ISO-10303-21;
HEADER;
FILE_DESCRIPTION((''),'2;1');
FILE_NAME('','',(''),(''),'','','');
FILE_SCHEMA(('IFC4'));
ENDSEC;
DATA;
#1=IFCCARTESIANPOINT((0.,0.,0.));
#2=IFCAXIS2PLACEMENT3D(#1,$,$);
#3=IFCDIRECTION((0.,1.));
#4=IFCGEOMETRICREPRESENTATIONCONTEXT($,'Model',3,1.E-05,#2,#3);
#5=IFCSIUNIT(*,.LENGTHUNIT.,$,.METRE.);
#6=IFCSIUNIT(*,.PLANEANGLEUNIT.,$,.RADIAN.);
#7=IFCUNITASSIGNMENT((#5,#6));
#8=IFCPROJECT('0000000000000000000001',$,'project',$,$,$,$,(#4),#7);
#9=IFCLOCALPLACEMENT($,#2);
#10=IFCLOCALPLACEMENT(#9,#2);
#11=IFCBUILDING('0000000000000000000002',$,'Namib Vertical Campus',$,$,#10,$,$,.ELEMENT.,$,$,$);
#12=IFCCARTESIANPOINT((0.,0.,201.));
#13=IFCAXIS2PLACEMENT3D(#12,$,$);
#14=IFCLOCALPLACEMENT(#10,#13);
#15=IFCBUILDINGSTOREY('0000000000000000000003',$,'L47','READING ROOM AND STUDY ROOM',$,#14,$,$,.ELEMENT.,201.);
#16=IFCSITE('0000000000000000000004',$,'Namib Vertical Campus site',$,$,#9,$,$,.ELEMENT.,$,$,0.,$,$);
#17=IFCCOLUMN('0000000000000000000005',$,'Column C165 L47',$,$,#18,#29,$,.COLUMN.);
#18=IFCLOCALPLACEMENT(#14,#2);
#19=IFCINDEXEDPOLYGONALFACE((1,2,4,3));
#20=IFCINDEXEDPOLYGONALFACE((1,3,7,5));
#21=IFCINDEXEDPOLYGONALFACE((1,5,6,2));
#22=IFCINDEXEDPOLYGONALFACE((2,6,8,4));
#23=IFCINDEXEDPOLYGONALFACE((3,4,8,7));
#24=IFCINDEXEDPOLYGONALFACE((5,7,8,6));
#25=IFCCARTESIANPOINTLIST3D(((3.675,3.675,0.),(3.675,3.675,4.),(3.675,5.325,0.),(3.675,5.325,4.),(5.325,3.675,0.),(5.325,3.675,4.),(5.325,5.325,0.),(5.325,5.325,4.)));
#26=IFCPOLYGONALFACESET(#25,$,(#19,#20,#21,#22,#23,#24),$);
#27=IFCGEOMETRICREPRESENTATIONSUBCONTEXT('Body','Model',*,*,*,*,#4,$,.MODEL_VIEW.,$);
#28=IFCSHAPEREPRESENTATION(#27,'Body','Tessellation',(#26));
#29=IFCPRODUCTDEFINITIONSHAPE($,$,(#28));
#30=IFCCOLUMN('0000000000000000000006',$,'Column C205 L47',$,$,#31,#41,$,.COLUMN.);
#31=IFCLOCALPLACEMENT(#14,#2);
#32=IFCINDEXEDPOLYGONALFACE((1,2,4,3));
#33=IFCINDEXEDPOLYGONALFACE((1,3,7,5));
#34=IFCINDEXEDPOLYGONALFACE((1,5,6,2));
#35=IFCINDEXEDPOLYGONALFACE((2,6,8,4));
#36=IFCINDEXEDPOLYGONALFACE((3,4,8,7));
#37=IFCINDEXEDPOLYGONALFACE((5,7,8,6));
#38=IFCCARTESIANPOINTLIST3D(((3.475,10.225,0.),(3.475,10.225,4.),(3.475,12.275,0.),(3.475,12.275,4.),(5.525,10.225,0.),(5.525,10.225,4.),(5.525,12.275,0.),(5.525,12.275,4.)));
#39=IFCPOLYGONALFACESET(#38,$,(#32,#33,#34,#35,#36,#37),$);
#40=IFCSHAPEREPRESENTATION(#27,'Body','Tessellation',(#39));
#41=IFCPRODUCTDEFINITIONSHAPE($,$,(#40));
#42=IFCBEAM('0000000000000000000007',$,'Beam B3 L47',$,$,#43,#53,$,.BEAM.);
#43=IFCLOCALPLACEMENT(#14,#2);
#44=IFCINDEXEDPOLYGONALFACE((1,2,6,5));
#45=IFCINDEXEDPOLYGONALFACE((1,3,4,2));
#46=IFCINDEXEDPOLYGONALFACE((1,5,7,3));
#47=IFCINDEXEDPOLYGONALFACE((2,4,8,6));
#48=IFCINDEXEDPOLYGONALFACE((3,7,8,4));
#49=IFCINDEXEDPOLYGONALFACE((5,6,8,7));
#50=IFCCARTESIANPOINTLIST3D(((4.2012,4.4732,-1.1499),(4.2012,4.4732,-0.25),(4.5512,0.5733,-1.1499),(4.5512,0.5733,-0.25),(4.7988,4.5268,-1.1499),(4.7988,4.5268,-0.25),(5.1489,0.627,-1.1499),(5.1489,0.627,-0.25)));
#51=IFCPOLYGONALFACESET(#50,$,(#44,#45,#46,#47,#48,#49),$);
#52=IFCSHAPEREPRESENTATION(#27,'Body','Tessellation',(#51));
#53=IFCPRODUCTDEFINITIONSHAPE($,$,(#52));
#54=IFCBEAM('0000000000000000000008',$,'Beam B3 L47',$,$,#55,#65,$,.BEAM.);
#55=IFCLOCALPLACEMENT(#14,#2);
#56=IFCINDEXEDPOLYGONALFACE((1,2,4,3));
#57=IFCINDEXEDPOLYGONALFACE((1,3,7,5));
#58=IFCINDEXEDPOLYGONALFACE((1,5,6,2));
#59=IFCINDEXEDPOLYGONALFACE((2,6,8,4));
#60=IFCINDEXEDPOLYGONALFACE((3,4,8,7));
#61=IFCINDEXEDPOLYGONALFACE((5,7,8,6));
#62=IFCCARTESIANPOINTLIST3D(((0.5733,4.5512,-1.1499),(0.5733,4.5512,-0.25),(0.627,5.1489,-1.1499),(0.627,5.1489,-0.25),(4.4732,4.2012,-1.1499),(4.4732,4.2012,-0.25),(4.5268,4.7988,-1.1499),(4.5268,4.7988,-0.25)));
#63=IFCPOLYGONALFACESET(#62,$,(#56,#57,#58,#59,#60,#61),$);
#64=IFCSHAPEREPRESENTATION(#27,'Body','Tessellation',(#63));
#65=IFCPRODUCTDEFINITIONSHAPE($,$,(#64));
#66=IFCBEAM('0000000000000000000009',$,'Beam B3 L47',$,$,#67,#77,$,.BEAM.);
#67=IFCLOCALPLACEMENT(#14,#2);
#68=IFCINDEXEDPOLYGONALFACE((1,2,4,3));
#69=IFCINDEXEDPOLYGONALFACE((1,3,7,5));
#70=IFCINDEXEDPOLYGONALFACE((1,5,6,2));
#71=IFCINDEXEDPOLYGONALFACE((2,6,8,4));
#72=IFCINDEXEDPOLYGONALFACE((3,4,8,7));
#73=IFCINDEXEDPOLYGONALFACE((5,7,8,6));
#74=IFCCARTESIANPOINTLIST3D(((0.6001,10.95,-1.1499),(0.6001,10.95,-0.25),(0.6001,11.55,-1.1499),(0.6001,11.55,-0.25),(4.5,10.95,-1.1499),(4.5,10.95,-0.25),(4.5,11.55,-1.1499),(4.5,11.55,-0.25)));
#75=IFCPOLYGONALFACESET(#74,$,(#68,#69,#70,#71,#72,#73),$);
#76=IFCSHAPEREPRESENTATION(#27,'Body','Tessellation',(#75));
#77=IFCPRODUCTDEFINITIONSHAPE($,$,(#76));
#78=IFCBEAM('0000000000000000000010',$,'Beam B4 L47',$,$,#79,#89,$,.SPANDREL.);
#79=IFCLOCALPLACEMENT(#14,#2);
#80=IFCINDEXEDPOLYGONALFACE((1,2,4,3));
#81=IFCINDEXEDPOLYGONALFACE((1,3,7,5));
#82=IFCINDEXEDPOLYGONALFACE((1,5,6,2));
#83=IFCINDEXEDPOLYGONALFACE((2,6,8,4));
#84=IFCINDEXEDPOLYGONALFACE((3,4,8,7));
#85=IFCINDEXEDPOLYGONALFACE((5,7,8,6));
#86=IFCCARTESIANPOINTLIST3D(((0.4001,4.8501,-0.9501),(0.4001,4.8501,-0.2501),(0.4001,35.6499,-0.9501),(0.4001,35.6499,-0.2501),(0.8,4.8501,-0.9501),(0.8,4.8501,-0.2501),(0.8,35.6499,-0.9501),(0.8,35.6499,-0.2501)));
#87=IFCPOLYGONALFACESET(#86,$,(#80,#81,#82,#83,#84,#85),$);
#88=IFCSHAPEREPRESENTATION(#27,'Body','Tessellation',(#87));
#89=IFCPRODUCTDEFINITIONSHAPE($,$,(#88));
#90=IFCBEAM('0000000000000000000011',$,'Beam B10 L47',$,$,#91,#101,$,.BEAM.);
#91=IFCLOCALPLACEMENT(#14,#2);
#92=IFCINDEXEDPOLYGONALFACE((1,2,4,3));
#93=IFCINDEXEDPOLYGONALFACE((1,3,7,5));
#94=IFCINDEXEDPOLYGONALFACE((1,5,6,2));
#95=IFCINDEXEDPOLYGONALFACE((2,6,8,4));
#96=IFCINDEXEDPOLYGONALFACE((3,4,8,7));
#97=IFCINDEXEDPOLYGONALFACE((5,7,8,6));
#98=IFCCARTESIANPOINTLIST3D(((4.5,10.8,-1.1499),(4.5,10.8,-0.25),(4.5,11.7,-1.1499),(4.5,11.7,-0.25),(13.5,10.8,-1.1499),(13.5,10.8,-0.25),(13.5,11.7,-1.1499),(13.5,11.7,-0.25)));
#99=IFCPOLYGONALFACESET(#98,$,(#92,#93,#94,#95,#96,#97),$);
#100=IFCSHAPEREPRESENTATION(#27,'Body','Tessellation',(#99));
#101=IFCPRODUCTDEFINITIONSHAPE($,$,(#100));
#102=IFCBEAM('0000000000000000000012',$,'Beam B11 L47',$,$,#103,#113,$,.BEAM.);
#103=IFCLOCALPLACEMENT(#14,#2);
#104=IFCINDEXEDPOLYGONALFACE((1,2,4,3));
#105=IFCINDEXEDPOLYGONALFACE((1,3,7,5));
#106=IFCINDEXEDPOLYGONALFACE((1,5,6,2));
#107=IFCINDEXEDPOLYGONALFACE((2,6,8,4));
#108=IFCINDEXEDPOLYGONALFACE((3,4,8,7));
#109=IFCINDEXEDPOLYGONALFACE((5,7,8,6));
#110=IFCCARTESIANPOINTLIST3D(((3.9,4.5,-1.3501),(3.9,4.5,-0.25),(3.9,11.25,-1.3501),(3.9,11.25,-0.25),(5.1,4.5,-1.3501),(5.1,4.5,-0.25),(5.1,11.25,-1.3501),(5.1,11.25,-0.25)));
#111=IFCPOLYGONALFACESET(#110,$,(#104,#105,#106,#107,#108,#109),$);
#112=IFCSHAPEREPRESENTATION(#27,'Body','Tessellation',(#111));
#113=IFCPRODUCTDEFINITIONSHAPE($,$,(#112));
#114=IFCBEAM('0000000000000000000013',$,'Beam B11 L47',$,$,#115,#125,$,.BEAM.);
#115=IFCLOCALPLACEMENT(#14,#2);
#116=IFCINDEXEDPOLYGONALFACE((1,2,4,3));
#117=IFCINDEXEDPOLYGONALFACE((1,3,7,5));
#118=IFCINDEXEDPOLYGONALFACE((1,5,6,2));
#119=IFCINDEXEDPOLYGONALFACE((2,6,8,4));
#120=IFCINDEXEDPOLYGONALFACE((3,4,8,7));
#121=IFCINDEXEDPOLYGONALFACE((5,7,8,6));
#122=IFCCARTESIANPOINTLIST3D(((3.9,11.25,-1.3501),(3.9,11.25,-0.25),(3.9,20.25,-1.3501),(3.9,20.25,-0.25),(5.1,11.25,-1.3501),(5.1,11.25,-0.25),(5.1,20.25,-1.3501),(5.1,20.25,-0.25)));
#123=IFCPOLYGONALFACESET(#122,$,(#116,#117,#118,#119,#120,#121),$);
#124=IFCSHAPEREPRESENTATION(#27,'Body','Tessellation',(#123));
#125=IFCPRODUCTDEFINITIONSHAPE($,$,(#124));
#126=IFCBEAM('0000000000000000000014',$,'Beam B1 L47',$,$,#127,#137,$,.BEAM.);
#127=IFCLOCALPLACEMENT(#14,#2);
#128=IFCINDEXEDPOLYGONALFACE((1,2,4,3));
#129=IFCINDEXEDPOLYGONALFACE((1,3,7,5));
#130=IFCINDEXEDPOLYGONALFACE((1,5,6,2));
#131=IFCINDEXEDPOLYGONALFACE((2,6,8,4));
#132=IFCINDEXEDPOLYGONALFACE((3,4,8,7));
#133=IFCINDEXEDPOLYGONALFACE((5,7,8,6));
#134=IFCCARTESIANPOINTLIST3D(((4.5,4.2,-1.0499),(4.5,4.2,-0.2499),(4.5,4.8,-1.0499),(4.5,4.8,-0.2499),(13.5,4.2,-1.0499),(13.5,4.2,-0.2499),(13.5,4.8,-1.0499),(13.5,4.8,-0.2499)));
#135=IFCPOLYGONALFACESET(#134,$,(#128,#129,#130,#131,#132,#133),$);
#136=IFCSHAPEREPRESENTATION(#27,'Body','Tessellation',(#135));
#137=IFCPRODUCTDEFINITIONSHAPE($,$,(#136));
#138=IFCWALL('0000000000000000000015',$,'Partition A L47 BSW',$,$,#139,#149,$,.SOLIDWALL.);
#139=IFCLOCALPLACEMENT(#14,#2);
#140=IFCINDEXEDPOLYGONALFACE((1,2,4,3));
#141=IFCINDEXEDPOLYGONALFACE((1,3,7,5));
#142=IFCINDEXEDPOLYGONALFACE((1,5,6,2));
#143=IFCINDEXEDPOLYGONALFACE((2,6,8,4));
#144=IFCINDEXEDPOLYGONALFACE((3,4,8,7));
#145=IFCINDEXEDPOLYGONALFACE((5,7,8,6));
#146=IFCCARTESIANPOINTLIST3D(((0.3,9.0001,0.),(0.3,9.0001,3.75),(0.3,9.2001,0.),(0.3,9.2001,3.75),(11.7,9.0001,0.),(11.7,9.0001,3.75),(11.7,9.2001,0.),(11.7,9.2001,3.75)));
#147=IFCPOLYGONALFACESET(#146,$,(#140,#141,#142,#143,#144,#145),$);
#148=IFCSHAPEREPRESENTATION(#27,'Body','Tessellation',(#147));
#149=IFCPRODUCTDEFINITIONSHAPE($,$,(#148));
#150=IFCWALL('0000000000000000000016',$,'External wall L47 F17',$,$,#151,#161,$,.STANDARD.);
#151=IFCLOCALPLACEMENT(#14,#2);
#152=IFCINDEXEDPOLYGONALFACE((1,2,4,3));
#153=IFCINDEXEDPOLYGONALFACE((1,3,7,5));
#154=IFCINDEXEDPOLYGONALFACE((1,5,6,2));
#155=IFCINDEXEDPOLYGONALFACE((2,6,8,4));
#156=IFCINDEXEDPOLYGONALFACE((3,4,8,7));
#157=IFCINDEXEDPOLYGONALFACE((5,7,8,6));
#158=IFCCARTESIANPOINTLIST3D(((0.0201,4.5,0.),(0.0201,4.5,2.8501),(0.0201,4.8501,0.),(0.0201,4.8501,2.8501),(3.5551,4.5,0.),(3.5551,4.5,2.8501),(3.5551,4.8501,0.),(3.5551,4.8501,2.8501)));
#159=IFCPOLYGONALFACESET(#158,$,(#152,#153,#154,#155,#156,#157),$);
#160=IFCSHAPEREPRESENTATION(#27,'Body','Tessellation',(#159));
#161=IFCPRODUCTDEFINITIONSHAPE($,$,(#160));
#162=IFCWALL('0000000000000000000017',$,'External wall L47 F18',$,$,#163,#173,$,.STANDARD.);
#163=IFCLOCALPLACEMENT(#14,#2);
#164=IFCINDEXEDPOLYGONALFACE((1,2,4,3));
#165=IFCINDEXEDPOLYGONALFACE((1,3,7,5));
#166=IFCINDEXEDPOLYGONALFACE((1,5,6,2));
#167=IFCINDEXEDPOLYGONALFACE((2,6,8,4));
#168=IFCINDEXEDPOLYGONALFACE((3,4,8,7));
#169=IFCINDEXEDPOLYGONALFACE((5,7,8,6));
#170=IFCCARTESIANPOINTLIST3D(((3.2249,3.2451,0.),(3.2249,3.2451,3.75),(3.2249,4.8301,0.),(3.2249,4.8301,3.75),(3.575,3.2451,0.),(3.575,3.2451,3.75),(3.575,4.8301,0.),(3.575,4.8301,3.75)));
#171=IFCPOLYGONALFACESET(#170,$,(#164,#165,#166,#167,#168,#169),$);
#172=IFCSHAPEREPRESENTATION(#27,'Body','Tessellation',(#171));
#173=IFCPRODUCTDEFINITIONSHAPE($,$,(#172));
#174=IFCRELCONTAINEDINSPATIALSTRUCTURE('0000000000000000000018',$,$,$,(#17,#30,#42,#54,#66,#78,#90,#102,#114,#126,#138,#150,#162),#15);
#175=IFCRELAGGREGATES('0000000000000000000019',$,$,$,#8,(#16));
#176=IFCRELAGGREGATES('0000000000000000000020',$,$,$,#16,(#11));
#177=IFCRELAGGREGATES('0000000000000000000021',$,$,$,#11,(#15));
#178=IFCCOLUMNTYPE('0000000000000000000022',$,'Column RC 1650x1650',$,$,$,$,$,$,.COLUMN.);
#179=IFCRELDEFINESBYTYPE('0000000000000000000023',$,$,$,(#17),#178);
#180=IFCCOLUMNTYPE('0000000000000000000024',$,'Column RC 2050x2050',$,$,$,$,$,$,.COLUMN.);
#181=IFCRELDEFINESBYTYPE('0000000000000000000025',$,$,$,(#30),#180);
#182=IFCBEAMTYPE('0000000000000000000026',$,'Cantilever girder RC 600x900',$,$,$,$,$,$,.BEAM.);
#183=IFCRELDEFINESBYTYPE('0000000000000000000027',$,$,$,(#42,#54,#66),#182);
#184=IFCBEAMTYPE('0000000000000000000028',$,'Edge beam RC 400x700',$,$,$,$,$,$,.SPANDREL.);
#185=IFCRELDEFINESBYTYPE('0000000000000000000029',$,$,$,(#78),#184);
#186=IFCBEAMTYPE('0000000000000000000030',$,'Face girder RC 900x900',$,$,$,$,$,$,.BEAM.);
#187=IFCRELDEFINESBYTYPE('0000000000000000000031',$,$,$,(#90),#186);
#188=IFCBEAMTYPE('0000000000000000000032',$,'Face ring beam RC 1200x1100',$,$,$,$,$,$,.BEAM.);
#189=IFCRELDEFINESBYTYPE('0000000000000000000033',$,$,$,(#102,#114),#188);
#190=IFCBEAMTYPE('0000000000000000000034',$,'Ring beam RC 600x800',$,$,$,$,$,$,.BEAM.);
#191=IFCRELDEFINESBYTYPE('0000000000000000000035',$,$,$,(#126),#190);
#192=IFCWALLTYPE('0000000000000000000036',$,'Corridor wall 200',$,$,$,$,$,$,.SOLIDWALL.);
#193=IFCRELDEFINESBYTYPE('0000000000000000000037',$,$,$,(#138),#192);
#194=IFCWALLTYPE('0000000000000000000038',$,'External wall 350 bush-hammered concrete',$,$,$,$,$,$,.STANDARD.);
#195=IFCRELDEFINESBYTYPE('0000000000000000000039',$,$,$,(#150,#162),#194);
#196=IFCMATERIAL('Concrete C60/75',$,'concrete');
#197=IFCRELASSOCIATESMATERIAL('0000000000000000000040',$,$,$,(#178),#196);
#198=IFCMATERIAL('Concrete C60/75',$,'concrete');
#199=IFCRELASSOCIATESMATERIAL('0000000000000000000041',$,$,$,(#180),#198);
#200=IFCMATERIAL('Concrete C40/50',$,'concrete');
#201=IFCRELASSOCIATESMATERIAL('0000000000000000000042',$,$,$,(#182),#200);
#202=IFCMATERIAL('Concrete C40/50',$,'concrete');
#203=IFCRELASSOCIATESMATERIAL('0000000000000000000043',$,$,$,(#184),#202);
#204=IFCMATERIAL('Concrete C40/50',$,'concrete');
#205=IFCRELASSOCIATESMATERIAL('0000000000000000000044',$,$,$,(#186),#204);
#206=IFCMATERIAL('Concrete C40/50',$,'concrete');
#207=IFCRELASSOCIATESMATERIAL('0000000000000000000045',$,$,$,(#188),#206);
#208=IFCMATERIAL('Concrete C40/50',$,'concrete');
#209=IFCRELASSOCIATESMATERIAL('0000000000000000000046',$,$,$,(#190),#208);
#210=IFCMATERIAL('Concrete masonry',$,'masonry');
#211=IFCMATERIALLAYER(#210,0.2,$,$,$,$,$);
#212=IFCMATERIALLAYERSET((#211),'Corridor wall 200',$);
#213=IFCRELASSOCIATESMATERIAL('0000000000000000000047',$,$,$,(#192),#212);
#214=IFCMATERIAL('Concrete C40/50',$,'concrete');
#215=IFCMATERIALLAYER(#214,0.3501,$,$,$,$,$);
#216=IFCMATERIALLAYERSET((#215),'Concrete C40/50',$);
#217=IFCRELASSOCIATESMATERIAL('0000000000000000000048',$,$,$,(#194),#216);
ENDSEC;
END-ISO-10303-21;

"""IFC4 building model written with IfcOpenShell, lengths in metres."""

from ifc_helpers import new_model, si_unit, direction, frame, frame_2d, origin, origin_2d, place, context, subcontext, project, spatial, rectangle, extrude, material, layer, layer_set, material_profile, profile_set, type_object, element, save


model = new_model("IFC4")

# Units and contexts
model_context = context("Model", 3, precision=1e-05, world=origin(), true_north=direction((0.0, 1.0)))
body_context = subcontext(model_context, "Body", "Model", "MODEL_VIEW")
ifc_project = project(units=[si_unit("LENGTHUNIT", "METRE"), si_unit("PLANEANGLEUNIT", "RADIAN")], contexts=[model_context])

# Site, building, storey
site_placement = place(None, origin())
site = spatial("IfcSite", under=ifc_project, at=site_placement, Name="Namib Vertical Campus site", CompositionType="ELEMENT", RefElevation=0.0)
building_placement = place(site_placement, origin())
building = spatial("IfcBuilding", under=site, at=building_placement, Name="Namib Vertical Campus", CompositionType="ELEMENT")
storey_placement = place(building_placement, frame((0.0, 0.0, 201.0)))
storey = spatial("IfcBuildingStorey", under=building, at=storey_placement, Name="L47", Description="READING ROOM AND STUDY ROOM", CompositionType="ELEMENT", Elevation=201.0)

# Columns
ifc_material_1 = material(Name="Concrete C60/75", Category="concrete")
ifc_material_profile_1 = material_profile(ifc_material_1, rectangle(XDim=1.6499, YDim=1.6499, at=origin_2d()))
ifc_profile_set_1 = profile_set([ifc_material_profile_1], Name="Concrete C60/75")
column_type_1 = type_object("IfcColumnType", Name="Column RC 1650x1650", PredefinedType="COLUMN", material=ifc_profile_set_1)
column_1_placement = place(storey_placement, frame((4.5, 4.5, 0.0), z_axis=(0.0, 0.0, 1.0), x_axis=(1.0, 0.0, 0.0)))
element("IfcColumn", 1, at=column_1_placement, inside=storey, type_object=column_type_1, Name="Column C165 L47", PredefinedType="COLUMN", context=body_context, shape_type="SweptSolid", body=[
    extrude(rectangle(XDim=1.6499, YDim=1.6499, at=origin_2d()), origin(), (0.0, 0.0, 1.0), 4.0),
])
ifc_material_2 = material(Name="Concrete C60/75", Category="concrete")
ifc_material_profile_2 = material_profile(ifc_material_2, rectangle(XDim=2.05, YDim=2.05, at=origin_2d()))
ifc_profile_set_2 = profile_set([ifc_material_profile_2], Name="Concrete C60/75")
column_type_2 = type_object("IfcColumnType", Name="Column RC 2050x2050", PredefinedType="COLUMN", material=ifc_profile_set_2)
column_2_placement = place(storey_placement, frame((4.5, 11.25, 0.0), z_axis=(0.0, 0.0, 1.0), x_axis=(1.0, 0.0, 0.0)))
element("IfcColumn", 2, at=column_2_placement, inside=storey, type_object=column_type_2, Name="Column C205 L47", PredefinedType="COLUMN", context=body_context, shape_type="SweptSolid", body=[
    extrude(rectangle(XDim=2.05, YDim=2.05, at=origin_2d()), origin(), (0.0, 0.0, 1.0), 4.0),
])

# Beams
ifc_material_3 = material(Name="Concrete C40/50", Category="concrete")
ifc_material_profile_3 = material_profile(ifc_material_3, rectangle(XDim=0.6001, YDim=0.8999, at=origin_2d()))
ifc_profile_set_3 = profile_set([ifc_material_profile_3], Name="Concrete C40/50")
beam_type_1 = type_object("IfcBeamType", Name="Cantilever girder RC 600x900", PredefinedType="BEAM", material=ifc_profile_set_3)
for number, where, z_axis, x_axis, name in (
    (3, (4.5, 4.5, -0.7), (0.089411, -0.995995, 0.0), (0.995995, 0.089411, 0.0), "Beam B3 L47"),
    (4, (4.5, 4.5, -0.7), (-0.995995, 0.089411, 0.0), (-0.089411, -0.995995, 0.0), "Beam B3 L47"),
):
    element("IfcBeam", number, at=place(storey_placement, frame(where, z_axis=z_axis, x_axis=x_axis)), inside=storey, type_object=beam_type_1, Name=name, PredefinedType="BEAM", context=body_context, shape_type="SweptSolid", body=[
        extrude(rectangle(XDim=0.6001, YDim=0.8999, at=origin_2d()), origin(), (0.0, 0.0, 1.0), 3.9155),
    ])
beam_1_placement = place(storey_placement, frame((4.5, 11.25, -0.7), z_axis=(-1.0, 0.0, 0.0), x_axis=(0.0, -1.0, 0.0)))
element("IfcBeam", 5, at=beam_1_placement, inside=storey, type_object=beam_type_1, Name="Beam B3 L47", PredefinedType="BEAM", context=body_context, shape_type="SweptSolid", body=[
    extrude(rectangle(XDim=0.6001, YDim=0.8999, at=origin_2d()), origin(), (0.0, 0.0, 1.0), 3.8999),
])
ifc_material_4 = material(Name="Concrete C40/50", Category="concrete")
ifc_material_profile_4 = material_profile(ifc_material_4, rectangle(XDim=0.3999, YDim=0.7, at=origin_2d()))
ifc_profile_set_4 = profile_set([ifc_material_profile_4], Name="Concrete C40/50")
beam_type_2 = type_object("IfcBeamType", Name="Edge beam RC 400x700", PredefinedType="SPANDREL", material=ifc_profile_set_4)
beam_2_placement = place(storey_placement, frame((0.6001, 4.8501, -0.6001), z_axis=(0.0, 1.0, 0.0), x_axis=(-1.0, 0.0, 0.0)))
element("IfcBeam", 6, at=beam_2_placement, inside=storey, type_object=beam_type_2, Name="Beam B4 L47", PredefinedType="SPANDREL", context=body_context, shape_type="SweptSolid", body=[
    extrude(rectangle(XDim=0.3999, YDim=0.7, at=origin_2d()), origin(), (0.0, 0.0, 1.0), 30.7998),
])
ifc_material_5 = material(Name="Concrete C40/50", Category="concrete")
ifc_material_profile_5 = material_profile(ifc_material_5, rectangle(XDim=0.8999, YDim=0.8999, at=origin_2d()))
ifc_profile_set_5 = profile_set([ifc_material_profile_5], Name="Concrete C40/50")
beam_type_3 = type_object("IfcBeamType", Name="Face girder RC 900x900", PredefinedType="BEAM", material=ifc_profile_set_5)
beam_3_placement = place(storey_placement, frame((4.5, 11.25, -0.7), z_axis=(1.0, 0.0, 0.0), x_axis=(0.0, 1.0, 0.0)))
element("IfcBeam", 7, at=beam_3_placement, inside=storey, type_object=beam_type_3, Name="Beam B10 L47", PredefinedType="BEAM", context=body_context, shape_type="SweptSolid", body=[
    extrude(rectangle(XDim=0.8999, YDim=0.8999, at=origin_2d()), origin(), (0.0, 0.0, 1.0), 9.0),
])
ifc_material_6 = material(Name="Concrete C40/50", Category="concrete")
ifc_material_profile_6 = material_profile(ifc_material_6, rectangle(XDim=1.2, YDim=1.1001, at=origin_2d()))
ifc_profile_set_6 = profile_set([ifc_material_profile_6], Name="Concrete C40/50")
beam_type_4 = type_object("IfcBeamType", Name="Face ring beam RC 1200x1100", PredefinedType="BEAM", material=ifc_profile_set_6)
beam_4_placement = place(storey_placement, frame((4.5, 4.5, -0.8), z_axis=(0.0, 1.0, 0.0), x_axis=(-1.0, 0.0, 0.0)))
element("IfcBeam", 8, at=beam_4_placement, inside=storey, type_object=beam_type_4, Name="Beam B11 L47", PredefinedType="BEAM", context=body_context, shape_type="SweptSolid", body=[
    extrude(rectangle(XDim=1.2, YDim=1.1001, at=origin_2d()), origin(), (0.0, 0.0, 1.0), 6.75),
])
beam_5_placement = place(storey_placement, frame((4.5, 11.25, -0.8), z_axis=(0.0, 1.0, 0.0), x_axis=(-1.0, 0.0, 0.0)))
element("IfcBeam", 9, at=beam_5_placement, inside=storey, type_object=beam_type_4, Name="Beam B11 L47", PredefinedType="BEAM", context=body_context, shape_type="SweptSolid", body=[
    extrude(rectangle(XDim=1.2, YDim=1.1001, at=origin_2d()), origin(), (0.0, 0.0, 1.0), 9.0),
])
ifc_material_7 = material(Name="Concrete C40/50", Category="concrete")
ifc_material_profile_7 = material_profile(ifc_material_7, rectangle(XDim=0.6001, YDim=0.8, at=origin_2d()))
ifc_profile_set_7 = profile_set([ifc_material_profile_7], Name="Concrete C40/50")
beam_type_5 = type_object("IfcBeamType", Name="Ring beam RC 600x800", PredefinedType="BEAM", material=ifc_profile_set_7)
beam_6_placement = place(storey_placement, frame((4.5, 4.5, -0.6499), z_axis=(1.0, 0.0, 0.0), x_axis=(0.0, 1.0, 0.0)))
element("IfcBeam", 10, at=beam_6_placement, inside=storey, type_object=beam_type_5, Name="Beam B1 L47", PredefinedType="BEAM", context=body_context, shape_type="SweptSolid", body=[
    extrude(rectangle(XDim=0.6001, YDim=0.8, at=origin_2d()), origin(), (0.0, 0.0, 1.0), 9.0),
])

# Walls
ifc_material_8 = material(Name="Concrete masonry", Category="masonry")
ifc_layer_1 = layer(ifc_material_8, 0.2)
ifc_layer_set_1 = layer_set([ifc_layer_1], Name="Corridor wall 200")
wall_type_1 = type_object("IfcWallType", Name="Corridor wall 200", PredefinedType="SOLIDWALL", material=ifc_layer_set_1)
wall_1_placement = place(storey_placement, frame((0.3, 9.1001, 0.0), z_axis=(0.0, 0.0, 1.0), x_axis=(1.0, 0.0, 0.0)))
element("IfcWall", 11, at=wall_1_placement, inside=storey, type_object=wall_type_1, Name="Partition A L47 BSW", PredefinedType="SOLIDWALL", context=body_context, shape_type="SweptSolid", body=[
    extrude(rectangle(XDim=11.3999, YDim=0.2, at=frame_2d((5.7, 0.0))), origin(), (0.0, 0.0, 1.0), 3.75),
])
ifc_material_9 = material(Name="Concrete C40/50", Category="concrete")
ifc_layer_2 = layer(ifc_material_9, 0.3501)
ifc_layer_set_2 = layer_set([ifc_layer_2], Name="Concrete C40/50")
wall_type_2 = type_object("IfcWallType", Name="External wall 350 bush-hammered concrete", PredefinedType="STANDARD", material=ifc_layer_set_2)
wall_2_placement = place(storey_placement, frame((0.02, 4.675, 0.0), z_axis=(0.0, 0.0, 1.0), x_axis=(1.0, 0.0, 0.0)))
element("IfcWall", 12, at=wall_2_placement, inside=storey, type_object=wall_type_2, Name="External wall L47 F17", PredefinedType="STANDARD", context=body_context, shape_type="SweptSolid", body=[
    extrude(rectangle(XDim=3.5349, YDim=0.3501, at=frame_2d((1.7676, 0.0))), origin(), (0.0, 0.0, 1.0), 2.8501),
])
for number, where, z_axis, x_axis, name in (
    (13, (3.3999, 4.8301, 0.0), (0.0, 0.0, 1.0), (0.0, -1.0, 0.0), "External wall L47 F18"),
):
    element("IfcWall", number, at=place(storey_placement, frame(where, z_axis=z_axis, x_axis=x_axis)), inside=storey, type_object=wall_type_2, Name=name, PredefinedType="STANDARD", context=body_context, shape_type="SweptSolid", body=[
        extrude(rectangle(XDim=1.585, YDim=0.3501, at=frame_2d((0.7925, 0.0))), origin(), (0.0, 0.0, 1.0), 3.75),
    ])

save(model, "model.ifc")
